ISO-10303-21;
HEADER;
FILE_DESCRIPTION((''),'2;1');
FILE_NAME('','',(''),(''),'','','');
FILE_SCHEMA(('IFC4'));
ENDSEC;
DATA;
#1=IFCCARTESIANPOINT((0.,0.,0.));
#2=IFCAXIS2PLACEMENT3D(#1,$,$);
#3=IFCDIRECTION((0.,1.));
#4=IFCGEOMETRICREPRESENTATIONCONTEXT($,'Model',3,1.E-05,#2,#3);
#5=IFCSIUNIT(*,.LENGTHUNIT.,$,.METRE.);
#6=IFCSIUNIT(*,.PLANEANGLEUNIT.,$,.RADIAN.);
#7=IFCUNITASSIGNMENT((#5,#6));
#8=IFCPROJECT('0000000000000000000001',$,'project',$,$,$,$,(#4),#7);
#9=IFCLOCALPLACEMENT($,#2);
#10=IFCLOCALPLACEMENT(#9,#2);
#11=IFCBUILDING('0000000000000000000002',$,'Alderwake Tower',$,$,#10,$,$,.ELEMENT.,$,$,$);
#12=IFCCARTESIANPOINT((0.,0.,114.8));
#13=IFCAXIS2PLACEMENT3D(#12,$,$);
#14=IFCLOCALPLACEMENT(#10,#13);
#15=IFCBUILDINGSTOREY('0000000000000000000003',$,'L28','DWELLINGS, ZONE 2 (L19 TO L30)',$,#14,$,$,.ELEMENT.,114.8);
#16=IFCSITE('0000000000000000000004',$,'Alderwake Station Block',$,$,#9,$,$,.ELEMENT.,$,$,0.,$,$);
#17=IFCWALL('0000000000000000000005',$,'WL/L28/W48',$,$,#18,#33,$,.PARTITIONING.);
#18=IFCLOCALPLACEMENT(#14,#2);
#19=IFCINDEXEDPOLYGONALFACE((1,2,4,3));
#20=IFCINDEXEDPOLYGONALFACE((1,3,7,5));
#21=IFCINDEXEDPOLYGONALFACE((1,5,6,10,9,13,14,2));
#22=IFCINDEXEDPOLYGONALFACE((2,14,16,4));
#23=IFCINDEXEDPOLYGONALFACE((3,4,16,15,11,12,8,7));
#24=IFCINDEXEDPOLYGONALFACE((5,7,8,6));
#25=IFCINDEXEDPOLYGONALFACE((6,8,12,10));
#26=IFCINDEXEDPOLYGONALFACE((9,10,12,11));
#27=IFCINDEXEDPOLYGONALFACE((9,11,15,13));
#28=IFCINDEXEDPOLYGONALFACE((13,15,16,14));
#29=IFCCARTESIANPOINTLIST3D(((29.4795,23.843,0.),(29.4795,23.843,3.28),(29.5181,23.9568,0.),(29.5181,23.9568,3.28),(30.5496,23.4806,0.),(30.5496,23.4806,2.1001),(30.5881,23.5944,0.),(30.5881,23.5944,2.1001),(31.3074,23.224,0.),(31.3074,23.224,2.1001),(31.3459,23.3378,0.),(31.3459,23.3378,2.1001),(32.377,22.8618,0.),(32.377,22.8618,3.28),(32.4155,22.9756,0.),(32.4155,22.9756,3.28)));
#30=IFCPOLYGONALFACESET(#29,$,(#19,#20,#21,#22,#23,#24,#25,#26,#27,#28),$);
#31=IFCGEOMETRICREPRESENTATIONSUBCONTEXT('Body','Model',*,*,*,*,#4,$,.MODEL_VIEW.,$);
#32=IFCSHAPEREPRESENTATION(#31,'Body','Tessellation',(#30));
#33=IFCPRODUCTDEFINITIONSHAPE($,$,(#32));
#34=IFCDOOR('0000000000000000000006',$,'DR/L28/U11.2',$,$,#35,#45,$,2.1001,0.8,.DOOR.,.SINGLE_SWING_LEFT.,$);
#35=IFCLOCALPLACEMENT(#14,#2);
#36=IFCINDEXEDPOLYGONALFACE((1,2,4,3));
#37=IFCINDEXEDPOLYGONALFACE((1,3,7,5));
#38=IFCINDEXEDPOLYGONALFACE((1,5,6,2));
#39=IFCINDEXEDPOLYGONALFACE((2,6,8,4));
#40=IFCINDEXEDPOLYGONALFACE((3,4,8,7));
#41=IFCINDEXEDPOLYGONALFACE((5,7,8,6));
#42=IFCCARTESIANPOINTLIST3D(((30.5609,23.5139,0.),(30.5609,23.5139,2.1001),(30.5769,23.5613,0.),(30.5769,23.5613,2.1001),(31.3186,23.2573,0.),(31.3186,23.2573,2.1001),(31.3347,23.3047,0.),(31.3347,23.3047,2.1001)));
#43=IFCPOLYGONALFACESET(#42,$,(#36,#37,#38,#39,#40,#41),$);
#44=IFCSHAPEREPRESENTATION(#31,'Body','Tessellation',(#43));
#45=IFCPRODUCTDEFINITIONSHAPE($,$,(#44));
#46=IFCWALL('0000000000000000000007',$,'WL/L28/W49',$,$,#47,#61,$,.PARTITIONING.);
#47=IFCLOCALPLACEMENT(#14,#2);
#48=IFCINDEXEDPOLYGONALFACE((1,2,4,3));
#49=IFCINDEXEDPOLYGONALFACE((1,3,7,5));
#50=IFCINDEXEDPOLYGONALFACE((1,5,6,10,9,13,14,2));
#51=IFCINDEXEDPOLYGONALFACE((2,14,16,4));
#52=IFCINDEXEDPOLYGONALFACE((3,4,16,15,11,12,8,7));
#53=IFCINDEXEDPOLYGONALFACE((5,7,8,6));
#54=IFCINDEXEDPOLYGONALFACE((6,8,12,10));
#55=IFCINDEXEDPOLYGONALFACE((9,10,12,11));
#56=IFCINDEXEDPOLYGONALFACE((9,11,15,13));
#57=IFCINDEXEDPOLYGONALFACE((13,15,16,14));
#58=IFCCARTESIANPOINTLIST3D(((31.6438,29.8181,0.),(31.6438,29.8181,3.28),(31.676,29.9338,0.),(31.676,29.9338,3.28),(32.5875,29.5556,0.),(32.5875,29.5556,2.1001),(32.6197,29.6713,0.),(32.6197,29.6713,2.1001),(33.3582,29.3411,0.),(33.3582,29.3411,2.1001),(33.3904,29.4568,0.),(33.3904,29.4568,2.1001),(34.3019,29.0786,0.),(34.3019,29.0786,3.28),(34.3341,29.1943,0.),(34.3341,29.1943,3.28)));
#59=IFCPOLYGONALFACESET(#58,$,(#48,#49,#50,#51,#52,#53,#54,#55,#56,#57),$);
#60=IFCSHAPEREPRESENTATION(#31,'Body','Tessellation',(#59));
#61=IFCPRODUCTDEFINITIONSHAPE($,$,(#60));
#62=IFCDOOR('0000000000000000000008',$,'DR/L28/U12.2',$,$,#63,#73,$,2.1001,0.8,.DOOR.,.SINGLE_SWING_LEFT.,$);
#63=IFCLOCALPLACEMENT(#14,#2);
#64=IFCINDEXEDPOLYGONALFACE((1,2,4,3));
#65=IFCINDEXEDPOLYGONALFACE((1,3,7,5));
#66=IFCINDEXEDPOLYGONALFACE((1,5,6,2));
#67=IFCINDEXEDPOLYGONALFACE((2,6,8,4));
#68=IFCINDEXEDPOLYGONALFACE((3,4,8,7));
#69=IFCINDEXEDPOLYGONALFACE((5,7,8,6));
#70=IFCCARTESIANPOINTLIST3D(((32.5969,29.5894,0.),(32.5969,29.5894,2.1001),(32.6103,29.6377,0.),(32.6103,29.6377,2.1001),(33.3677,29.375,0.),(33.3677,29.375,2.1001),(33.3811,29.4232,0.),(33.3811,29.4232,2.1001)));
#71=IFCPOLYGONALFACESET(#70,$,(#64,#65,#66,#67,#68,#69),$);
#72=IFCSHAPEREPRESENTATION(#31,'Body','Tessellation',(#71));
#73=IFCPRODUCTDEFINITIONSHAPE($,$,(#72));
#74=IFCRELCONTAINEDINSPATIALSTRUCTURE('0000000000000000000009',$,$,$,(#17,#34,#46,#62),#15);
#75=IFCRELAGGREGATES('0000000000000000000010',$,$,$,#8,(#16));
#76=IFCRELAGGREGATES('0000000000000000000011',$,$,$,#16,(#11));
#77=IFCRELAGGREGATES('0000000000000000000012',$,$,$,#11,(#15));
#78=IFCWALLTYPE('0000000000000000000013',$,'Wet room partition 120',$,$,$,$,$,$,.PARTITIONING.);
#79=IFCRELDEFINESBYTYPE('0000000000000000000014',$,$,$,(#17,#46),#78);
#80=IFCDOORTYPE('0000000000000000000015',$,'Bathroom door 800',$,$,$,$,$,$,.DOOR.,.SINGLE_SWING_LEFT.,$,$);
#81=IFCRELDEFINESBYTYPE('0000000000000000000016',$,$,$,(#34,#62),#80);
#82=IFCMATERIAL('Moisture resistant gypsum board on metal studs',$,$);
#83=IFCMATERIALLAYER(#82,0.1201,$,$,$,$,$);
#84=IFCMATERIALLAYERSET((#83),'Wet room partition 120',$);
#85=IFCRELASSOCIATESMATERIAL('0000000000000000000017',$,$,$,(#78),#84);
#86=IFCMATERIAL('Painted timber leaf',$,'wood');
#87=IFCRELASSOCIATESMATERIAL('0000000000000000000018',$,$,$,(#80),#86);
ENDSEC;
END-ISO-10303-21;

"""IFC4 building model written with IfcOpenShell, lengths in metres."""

from ifc_helpers import new_model, si_unit, direction, frame, frame_2d, origin, place, context, subcontext, project, spatial, rectangle, extrude, material, layer, layer_set, type_object, element, fill, save


model = new_model("IFC4")

# Units and contexts
model_context = context("Model", 3, precision=1e-05, world=origin(), true_north=direction((0.0, 1.0)))
body_context = subcontext(model_context, "Body", "Model", "MODEL_VIEW")
ifc_project = project(units=[si_unit("LENGTHUNIT", "METRE"), si_unit("PLANEANGLEUNIT", "RADIAN")], contexts=[model_context])

# Site, building, storey
site_placement = place(None, origin())
site = spatial("IfcSite", under=ifc_project, at=site_placement, Name="Alderwake Station Block", CompositionType="ELEMENT", RefElevation=0.0)
building_placement = place(site_placement, origin())
building = spatial("IfcBuilding", under=site, at=building_placement, Name="Alderwake Tower", CompositionType="ELEMENT")
storey_placement = place(building_placement, frame((0.0, 0.0, 114.8)))
storey = spatial("IfcBuildingStorey", under=building, at=storey_placement, Name="L28", Description="DWELLINGS, ZONE 2 (L19 TO L30)", CompositionType="ELEMENT", Elevation=114.8)

# Shared definitions
ifc_material_1 = material(Name="Moisture resistant gypsum board on metal studs")
ifc_layer_1 = layer(ifc_material_1, 0.1201)
ifc_layer_set_1 = layer_set([ifc_layer_1], Name="Wet room partition 120")
wall_type_1 = type_object("IfcWallType", Name="Wet room partition 120", PredefinedType="PARTITIONING", material=ifc_layer_set_1)

# Walls, openings, doors
wall_1_placement = place(storey_placement, frame((32.3962, 22.9187, 0.0), z_axis=(0.0, 0.0, 1.0), x_axis=(-0.947164, 0.320749, 0.0)))
wall_1 = element("IfcWall", 1, at=wall_1_placement, inside=storey, type_object=wall_type_1, Name="WL/L28/W48", PredefinedType="PARTITIONING", context=body_context, shape_type="SweptSolid", body=[
    extrude(rectangle(XDim=3.0591, YDim=0.1201, at=frame_2d((1.5295, 0.0))), origin(), (0.0, 0.0, 1.0), 3.28),
])
opening_1_placement = place(wall_1_placement, frame((1.1294, 0.0, 0.0)))
opening_1 = element("IfcOpeningElement", 2, at=opening_1_placement, cuts=wall_1, PredefinedType="OPENING", context=body_context, shape_type="SweptSolid", body=[
    extrude(rectangle(XDim=0.8, YDim=2.1001, at=frame_2d((0.3999, 1.05))), frame((0.0, 0.0701, 0.0), z_axis=(0.0, -1.0, 0.0), x_axis=(1.0, 0.0, 0.0)), (0.0, 0.0, 1.0), 0.1401),
])
ifc_material_2 = material(Name="Painted timber leaf", Category="wood")
door_type_1 = type_object("IfcDoorType", Name="Bathroom door 800", OperationType="SINGLE_SWING_LEFT", PredefinedType="DOOR", material=ifc_material_2)
door_1_placement = place(opening_1_placement, origin())
door_1 = element("IfcDoor", 3, at=door_1_placement, inside=storey, type_object=door_type_1, Name="DR/L28/U11.2", OperationType="SINGLE_SWING_LEFT", OverallHeight=2.1001, OverallWidth=0.8, PredefinedType="DOOR", context=body_context, shape_type="SweptSolid", body=[
    extrude(rectangle(XDim=0.8, YDim=2.1001, at=frame_2d((0.3999, 1.05))), frame((0.0, 0.0249, 0.0), z_axis=(0.0, -1.0, 0.0), x_axis=(1.0, 0.0, 0.0)), (0.0, 0.0, 1.0), 0.05),
])
fill(opening_1, door_1)
wall_2_placement = place(storey_placement, frame((34.3179, 29.1365, 0.0), z_axis=(0.0, 0.0, 1.0), x_axis=(-0.963408, 0.268041, 0.0)))
wall_2 = element("IfcWall", 4, at=wall_2_placement, inside=storey, type_object=wall_type_1, Name="WL/L28/W49", PredefinedType="PARTITIONING", context=body_context, shape_type="SweptSolid", body=[
    extrude(rectangle(XDim=2.759, YDim=0.1201, at=frame_2d((1.3794, 0.0))), origin(), (0.0, 0.0, 1.0), 3.28),
])
opening_2_placement = place(wall_2_placement, frame((0.9795, 0.0, 0.0)))
opening_2 = element("IfcOpeningElement", 5, at=opening_2_placement, cuts=wall_2, PredefinedType="OPENING", context=body_context, shape_type="SweptSolid", body=[
    extrude(rectangle(XDim=0.8, YDim=2.1001, at=frame_2d((0.3999, 1.05))), frame((0.0, 0.0701, 0.0), z_axis=(0.0, -1.0, 0.0), x_axis=(1.0, 0.0, 0.0)), (0.0, 0.0, 1.0), 0.1401),
])
door_2_placement = place(opening_2_placement, origin())
door_2 = element("IfcDoor", 6, at=door_2_placement, inside=storey, type_object=door_type_1, Name="DR/L28/U12.2", OperationType="SINGLE_SWING_LEFT", OverallHeight=2.1001, OverallWidth=0.8, PredefinedType="DOOR", context=body_context, shape_type="SweptSolid", body=[
    extrude(rectangle(XDim=0.8, YDim=2.1001, at=frame_2d((0.3999, 1.05))), frame((0.0, 0.0249, 0.0), z_axis=(0.0, -1.0, 0.0), x_axis=(1.0, 0.0, 0.0)), (0.0, 0.0, 1.0), 0.05),
])
fill(opening_2, door_2)

save(model, "model.ifc")
